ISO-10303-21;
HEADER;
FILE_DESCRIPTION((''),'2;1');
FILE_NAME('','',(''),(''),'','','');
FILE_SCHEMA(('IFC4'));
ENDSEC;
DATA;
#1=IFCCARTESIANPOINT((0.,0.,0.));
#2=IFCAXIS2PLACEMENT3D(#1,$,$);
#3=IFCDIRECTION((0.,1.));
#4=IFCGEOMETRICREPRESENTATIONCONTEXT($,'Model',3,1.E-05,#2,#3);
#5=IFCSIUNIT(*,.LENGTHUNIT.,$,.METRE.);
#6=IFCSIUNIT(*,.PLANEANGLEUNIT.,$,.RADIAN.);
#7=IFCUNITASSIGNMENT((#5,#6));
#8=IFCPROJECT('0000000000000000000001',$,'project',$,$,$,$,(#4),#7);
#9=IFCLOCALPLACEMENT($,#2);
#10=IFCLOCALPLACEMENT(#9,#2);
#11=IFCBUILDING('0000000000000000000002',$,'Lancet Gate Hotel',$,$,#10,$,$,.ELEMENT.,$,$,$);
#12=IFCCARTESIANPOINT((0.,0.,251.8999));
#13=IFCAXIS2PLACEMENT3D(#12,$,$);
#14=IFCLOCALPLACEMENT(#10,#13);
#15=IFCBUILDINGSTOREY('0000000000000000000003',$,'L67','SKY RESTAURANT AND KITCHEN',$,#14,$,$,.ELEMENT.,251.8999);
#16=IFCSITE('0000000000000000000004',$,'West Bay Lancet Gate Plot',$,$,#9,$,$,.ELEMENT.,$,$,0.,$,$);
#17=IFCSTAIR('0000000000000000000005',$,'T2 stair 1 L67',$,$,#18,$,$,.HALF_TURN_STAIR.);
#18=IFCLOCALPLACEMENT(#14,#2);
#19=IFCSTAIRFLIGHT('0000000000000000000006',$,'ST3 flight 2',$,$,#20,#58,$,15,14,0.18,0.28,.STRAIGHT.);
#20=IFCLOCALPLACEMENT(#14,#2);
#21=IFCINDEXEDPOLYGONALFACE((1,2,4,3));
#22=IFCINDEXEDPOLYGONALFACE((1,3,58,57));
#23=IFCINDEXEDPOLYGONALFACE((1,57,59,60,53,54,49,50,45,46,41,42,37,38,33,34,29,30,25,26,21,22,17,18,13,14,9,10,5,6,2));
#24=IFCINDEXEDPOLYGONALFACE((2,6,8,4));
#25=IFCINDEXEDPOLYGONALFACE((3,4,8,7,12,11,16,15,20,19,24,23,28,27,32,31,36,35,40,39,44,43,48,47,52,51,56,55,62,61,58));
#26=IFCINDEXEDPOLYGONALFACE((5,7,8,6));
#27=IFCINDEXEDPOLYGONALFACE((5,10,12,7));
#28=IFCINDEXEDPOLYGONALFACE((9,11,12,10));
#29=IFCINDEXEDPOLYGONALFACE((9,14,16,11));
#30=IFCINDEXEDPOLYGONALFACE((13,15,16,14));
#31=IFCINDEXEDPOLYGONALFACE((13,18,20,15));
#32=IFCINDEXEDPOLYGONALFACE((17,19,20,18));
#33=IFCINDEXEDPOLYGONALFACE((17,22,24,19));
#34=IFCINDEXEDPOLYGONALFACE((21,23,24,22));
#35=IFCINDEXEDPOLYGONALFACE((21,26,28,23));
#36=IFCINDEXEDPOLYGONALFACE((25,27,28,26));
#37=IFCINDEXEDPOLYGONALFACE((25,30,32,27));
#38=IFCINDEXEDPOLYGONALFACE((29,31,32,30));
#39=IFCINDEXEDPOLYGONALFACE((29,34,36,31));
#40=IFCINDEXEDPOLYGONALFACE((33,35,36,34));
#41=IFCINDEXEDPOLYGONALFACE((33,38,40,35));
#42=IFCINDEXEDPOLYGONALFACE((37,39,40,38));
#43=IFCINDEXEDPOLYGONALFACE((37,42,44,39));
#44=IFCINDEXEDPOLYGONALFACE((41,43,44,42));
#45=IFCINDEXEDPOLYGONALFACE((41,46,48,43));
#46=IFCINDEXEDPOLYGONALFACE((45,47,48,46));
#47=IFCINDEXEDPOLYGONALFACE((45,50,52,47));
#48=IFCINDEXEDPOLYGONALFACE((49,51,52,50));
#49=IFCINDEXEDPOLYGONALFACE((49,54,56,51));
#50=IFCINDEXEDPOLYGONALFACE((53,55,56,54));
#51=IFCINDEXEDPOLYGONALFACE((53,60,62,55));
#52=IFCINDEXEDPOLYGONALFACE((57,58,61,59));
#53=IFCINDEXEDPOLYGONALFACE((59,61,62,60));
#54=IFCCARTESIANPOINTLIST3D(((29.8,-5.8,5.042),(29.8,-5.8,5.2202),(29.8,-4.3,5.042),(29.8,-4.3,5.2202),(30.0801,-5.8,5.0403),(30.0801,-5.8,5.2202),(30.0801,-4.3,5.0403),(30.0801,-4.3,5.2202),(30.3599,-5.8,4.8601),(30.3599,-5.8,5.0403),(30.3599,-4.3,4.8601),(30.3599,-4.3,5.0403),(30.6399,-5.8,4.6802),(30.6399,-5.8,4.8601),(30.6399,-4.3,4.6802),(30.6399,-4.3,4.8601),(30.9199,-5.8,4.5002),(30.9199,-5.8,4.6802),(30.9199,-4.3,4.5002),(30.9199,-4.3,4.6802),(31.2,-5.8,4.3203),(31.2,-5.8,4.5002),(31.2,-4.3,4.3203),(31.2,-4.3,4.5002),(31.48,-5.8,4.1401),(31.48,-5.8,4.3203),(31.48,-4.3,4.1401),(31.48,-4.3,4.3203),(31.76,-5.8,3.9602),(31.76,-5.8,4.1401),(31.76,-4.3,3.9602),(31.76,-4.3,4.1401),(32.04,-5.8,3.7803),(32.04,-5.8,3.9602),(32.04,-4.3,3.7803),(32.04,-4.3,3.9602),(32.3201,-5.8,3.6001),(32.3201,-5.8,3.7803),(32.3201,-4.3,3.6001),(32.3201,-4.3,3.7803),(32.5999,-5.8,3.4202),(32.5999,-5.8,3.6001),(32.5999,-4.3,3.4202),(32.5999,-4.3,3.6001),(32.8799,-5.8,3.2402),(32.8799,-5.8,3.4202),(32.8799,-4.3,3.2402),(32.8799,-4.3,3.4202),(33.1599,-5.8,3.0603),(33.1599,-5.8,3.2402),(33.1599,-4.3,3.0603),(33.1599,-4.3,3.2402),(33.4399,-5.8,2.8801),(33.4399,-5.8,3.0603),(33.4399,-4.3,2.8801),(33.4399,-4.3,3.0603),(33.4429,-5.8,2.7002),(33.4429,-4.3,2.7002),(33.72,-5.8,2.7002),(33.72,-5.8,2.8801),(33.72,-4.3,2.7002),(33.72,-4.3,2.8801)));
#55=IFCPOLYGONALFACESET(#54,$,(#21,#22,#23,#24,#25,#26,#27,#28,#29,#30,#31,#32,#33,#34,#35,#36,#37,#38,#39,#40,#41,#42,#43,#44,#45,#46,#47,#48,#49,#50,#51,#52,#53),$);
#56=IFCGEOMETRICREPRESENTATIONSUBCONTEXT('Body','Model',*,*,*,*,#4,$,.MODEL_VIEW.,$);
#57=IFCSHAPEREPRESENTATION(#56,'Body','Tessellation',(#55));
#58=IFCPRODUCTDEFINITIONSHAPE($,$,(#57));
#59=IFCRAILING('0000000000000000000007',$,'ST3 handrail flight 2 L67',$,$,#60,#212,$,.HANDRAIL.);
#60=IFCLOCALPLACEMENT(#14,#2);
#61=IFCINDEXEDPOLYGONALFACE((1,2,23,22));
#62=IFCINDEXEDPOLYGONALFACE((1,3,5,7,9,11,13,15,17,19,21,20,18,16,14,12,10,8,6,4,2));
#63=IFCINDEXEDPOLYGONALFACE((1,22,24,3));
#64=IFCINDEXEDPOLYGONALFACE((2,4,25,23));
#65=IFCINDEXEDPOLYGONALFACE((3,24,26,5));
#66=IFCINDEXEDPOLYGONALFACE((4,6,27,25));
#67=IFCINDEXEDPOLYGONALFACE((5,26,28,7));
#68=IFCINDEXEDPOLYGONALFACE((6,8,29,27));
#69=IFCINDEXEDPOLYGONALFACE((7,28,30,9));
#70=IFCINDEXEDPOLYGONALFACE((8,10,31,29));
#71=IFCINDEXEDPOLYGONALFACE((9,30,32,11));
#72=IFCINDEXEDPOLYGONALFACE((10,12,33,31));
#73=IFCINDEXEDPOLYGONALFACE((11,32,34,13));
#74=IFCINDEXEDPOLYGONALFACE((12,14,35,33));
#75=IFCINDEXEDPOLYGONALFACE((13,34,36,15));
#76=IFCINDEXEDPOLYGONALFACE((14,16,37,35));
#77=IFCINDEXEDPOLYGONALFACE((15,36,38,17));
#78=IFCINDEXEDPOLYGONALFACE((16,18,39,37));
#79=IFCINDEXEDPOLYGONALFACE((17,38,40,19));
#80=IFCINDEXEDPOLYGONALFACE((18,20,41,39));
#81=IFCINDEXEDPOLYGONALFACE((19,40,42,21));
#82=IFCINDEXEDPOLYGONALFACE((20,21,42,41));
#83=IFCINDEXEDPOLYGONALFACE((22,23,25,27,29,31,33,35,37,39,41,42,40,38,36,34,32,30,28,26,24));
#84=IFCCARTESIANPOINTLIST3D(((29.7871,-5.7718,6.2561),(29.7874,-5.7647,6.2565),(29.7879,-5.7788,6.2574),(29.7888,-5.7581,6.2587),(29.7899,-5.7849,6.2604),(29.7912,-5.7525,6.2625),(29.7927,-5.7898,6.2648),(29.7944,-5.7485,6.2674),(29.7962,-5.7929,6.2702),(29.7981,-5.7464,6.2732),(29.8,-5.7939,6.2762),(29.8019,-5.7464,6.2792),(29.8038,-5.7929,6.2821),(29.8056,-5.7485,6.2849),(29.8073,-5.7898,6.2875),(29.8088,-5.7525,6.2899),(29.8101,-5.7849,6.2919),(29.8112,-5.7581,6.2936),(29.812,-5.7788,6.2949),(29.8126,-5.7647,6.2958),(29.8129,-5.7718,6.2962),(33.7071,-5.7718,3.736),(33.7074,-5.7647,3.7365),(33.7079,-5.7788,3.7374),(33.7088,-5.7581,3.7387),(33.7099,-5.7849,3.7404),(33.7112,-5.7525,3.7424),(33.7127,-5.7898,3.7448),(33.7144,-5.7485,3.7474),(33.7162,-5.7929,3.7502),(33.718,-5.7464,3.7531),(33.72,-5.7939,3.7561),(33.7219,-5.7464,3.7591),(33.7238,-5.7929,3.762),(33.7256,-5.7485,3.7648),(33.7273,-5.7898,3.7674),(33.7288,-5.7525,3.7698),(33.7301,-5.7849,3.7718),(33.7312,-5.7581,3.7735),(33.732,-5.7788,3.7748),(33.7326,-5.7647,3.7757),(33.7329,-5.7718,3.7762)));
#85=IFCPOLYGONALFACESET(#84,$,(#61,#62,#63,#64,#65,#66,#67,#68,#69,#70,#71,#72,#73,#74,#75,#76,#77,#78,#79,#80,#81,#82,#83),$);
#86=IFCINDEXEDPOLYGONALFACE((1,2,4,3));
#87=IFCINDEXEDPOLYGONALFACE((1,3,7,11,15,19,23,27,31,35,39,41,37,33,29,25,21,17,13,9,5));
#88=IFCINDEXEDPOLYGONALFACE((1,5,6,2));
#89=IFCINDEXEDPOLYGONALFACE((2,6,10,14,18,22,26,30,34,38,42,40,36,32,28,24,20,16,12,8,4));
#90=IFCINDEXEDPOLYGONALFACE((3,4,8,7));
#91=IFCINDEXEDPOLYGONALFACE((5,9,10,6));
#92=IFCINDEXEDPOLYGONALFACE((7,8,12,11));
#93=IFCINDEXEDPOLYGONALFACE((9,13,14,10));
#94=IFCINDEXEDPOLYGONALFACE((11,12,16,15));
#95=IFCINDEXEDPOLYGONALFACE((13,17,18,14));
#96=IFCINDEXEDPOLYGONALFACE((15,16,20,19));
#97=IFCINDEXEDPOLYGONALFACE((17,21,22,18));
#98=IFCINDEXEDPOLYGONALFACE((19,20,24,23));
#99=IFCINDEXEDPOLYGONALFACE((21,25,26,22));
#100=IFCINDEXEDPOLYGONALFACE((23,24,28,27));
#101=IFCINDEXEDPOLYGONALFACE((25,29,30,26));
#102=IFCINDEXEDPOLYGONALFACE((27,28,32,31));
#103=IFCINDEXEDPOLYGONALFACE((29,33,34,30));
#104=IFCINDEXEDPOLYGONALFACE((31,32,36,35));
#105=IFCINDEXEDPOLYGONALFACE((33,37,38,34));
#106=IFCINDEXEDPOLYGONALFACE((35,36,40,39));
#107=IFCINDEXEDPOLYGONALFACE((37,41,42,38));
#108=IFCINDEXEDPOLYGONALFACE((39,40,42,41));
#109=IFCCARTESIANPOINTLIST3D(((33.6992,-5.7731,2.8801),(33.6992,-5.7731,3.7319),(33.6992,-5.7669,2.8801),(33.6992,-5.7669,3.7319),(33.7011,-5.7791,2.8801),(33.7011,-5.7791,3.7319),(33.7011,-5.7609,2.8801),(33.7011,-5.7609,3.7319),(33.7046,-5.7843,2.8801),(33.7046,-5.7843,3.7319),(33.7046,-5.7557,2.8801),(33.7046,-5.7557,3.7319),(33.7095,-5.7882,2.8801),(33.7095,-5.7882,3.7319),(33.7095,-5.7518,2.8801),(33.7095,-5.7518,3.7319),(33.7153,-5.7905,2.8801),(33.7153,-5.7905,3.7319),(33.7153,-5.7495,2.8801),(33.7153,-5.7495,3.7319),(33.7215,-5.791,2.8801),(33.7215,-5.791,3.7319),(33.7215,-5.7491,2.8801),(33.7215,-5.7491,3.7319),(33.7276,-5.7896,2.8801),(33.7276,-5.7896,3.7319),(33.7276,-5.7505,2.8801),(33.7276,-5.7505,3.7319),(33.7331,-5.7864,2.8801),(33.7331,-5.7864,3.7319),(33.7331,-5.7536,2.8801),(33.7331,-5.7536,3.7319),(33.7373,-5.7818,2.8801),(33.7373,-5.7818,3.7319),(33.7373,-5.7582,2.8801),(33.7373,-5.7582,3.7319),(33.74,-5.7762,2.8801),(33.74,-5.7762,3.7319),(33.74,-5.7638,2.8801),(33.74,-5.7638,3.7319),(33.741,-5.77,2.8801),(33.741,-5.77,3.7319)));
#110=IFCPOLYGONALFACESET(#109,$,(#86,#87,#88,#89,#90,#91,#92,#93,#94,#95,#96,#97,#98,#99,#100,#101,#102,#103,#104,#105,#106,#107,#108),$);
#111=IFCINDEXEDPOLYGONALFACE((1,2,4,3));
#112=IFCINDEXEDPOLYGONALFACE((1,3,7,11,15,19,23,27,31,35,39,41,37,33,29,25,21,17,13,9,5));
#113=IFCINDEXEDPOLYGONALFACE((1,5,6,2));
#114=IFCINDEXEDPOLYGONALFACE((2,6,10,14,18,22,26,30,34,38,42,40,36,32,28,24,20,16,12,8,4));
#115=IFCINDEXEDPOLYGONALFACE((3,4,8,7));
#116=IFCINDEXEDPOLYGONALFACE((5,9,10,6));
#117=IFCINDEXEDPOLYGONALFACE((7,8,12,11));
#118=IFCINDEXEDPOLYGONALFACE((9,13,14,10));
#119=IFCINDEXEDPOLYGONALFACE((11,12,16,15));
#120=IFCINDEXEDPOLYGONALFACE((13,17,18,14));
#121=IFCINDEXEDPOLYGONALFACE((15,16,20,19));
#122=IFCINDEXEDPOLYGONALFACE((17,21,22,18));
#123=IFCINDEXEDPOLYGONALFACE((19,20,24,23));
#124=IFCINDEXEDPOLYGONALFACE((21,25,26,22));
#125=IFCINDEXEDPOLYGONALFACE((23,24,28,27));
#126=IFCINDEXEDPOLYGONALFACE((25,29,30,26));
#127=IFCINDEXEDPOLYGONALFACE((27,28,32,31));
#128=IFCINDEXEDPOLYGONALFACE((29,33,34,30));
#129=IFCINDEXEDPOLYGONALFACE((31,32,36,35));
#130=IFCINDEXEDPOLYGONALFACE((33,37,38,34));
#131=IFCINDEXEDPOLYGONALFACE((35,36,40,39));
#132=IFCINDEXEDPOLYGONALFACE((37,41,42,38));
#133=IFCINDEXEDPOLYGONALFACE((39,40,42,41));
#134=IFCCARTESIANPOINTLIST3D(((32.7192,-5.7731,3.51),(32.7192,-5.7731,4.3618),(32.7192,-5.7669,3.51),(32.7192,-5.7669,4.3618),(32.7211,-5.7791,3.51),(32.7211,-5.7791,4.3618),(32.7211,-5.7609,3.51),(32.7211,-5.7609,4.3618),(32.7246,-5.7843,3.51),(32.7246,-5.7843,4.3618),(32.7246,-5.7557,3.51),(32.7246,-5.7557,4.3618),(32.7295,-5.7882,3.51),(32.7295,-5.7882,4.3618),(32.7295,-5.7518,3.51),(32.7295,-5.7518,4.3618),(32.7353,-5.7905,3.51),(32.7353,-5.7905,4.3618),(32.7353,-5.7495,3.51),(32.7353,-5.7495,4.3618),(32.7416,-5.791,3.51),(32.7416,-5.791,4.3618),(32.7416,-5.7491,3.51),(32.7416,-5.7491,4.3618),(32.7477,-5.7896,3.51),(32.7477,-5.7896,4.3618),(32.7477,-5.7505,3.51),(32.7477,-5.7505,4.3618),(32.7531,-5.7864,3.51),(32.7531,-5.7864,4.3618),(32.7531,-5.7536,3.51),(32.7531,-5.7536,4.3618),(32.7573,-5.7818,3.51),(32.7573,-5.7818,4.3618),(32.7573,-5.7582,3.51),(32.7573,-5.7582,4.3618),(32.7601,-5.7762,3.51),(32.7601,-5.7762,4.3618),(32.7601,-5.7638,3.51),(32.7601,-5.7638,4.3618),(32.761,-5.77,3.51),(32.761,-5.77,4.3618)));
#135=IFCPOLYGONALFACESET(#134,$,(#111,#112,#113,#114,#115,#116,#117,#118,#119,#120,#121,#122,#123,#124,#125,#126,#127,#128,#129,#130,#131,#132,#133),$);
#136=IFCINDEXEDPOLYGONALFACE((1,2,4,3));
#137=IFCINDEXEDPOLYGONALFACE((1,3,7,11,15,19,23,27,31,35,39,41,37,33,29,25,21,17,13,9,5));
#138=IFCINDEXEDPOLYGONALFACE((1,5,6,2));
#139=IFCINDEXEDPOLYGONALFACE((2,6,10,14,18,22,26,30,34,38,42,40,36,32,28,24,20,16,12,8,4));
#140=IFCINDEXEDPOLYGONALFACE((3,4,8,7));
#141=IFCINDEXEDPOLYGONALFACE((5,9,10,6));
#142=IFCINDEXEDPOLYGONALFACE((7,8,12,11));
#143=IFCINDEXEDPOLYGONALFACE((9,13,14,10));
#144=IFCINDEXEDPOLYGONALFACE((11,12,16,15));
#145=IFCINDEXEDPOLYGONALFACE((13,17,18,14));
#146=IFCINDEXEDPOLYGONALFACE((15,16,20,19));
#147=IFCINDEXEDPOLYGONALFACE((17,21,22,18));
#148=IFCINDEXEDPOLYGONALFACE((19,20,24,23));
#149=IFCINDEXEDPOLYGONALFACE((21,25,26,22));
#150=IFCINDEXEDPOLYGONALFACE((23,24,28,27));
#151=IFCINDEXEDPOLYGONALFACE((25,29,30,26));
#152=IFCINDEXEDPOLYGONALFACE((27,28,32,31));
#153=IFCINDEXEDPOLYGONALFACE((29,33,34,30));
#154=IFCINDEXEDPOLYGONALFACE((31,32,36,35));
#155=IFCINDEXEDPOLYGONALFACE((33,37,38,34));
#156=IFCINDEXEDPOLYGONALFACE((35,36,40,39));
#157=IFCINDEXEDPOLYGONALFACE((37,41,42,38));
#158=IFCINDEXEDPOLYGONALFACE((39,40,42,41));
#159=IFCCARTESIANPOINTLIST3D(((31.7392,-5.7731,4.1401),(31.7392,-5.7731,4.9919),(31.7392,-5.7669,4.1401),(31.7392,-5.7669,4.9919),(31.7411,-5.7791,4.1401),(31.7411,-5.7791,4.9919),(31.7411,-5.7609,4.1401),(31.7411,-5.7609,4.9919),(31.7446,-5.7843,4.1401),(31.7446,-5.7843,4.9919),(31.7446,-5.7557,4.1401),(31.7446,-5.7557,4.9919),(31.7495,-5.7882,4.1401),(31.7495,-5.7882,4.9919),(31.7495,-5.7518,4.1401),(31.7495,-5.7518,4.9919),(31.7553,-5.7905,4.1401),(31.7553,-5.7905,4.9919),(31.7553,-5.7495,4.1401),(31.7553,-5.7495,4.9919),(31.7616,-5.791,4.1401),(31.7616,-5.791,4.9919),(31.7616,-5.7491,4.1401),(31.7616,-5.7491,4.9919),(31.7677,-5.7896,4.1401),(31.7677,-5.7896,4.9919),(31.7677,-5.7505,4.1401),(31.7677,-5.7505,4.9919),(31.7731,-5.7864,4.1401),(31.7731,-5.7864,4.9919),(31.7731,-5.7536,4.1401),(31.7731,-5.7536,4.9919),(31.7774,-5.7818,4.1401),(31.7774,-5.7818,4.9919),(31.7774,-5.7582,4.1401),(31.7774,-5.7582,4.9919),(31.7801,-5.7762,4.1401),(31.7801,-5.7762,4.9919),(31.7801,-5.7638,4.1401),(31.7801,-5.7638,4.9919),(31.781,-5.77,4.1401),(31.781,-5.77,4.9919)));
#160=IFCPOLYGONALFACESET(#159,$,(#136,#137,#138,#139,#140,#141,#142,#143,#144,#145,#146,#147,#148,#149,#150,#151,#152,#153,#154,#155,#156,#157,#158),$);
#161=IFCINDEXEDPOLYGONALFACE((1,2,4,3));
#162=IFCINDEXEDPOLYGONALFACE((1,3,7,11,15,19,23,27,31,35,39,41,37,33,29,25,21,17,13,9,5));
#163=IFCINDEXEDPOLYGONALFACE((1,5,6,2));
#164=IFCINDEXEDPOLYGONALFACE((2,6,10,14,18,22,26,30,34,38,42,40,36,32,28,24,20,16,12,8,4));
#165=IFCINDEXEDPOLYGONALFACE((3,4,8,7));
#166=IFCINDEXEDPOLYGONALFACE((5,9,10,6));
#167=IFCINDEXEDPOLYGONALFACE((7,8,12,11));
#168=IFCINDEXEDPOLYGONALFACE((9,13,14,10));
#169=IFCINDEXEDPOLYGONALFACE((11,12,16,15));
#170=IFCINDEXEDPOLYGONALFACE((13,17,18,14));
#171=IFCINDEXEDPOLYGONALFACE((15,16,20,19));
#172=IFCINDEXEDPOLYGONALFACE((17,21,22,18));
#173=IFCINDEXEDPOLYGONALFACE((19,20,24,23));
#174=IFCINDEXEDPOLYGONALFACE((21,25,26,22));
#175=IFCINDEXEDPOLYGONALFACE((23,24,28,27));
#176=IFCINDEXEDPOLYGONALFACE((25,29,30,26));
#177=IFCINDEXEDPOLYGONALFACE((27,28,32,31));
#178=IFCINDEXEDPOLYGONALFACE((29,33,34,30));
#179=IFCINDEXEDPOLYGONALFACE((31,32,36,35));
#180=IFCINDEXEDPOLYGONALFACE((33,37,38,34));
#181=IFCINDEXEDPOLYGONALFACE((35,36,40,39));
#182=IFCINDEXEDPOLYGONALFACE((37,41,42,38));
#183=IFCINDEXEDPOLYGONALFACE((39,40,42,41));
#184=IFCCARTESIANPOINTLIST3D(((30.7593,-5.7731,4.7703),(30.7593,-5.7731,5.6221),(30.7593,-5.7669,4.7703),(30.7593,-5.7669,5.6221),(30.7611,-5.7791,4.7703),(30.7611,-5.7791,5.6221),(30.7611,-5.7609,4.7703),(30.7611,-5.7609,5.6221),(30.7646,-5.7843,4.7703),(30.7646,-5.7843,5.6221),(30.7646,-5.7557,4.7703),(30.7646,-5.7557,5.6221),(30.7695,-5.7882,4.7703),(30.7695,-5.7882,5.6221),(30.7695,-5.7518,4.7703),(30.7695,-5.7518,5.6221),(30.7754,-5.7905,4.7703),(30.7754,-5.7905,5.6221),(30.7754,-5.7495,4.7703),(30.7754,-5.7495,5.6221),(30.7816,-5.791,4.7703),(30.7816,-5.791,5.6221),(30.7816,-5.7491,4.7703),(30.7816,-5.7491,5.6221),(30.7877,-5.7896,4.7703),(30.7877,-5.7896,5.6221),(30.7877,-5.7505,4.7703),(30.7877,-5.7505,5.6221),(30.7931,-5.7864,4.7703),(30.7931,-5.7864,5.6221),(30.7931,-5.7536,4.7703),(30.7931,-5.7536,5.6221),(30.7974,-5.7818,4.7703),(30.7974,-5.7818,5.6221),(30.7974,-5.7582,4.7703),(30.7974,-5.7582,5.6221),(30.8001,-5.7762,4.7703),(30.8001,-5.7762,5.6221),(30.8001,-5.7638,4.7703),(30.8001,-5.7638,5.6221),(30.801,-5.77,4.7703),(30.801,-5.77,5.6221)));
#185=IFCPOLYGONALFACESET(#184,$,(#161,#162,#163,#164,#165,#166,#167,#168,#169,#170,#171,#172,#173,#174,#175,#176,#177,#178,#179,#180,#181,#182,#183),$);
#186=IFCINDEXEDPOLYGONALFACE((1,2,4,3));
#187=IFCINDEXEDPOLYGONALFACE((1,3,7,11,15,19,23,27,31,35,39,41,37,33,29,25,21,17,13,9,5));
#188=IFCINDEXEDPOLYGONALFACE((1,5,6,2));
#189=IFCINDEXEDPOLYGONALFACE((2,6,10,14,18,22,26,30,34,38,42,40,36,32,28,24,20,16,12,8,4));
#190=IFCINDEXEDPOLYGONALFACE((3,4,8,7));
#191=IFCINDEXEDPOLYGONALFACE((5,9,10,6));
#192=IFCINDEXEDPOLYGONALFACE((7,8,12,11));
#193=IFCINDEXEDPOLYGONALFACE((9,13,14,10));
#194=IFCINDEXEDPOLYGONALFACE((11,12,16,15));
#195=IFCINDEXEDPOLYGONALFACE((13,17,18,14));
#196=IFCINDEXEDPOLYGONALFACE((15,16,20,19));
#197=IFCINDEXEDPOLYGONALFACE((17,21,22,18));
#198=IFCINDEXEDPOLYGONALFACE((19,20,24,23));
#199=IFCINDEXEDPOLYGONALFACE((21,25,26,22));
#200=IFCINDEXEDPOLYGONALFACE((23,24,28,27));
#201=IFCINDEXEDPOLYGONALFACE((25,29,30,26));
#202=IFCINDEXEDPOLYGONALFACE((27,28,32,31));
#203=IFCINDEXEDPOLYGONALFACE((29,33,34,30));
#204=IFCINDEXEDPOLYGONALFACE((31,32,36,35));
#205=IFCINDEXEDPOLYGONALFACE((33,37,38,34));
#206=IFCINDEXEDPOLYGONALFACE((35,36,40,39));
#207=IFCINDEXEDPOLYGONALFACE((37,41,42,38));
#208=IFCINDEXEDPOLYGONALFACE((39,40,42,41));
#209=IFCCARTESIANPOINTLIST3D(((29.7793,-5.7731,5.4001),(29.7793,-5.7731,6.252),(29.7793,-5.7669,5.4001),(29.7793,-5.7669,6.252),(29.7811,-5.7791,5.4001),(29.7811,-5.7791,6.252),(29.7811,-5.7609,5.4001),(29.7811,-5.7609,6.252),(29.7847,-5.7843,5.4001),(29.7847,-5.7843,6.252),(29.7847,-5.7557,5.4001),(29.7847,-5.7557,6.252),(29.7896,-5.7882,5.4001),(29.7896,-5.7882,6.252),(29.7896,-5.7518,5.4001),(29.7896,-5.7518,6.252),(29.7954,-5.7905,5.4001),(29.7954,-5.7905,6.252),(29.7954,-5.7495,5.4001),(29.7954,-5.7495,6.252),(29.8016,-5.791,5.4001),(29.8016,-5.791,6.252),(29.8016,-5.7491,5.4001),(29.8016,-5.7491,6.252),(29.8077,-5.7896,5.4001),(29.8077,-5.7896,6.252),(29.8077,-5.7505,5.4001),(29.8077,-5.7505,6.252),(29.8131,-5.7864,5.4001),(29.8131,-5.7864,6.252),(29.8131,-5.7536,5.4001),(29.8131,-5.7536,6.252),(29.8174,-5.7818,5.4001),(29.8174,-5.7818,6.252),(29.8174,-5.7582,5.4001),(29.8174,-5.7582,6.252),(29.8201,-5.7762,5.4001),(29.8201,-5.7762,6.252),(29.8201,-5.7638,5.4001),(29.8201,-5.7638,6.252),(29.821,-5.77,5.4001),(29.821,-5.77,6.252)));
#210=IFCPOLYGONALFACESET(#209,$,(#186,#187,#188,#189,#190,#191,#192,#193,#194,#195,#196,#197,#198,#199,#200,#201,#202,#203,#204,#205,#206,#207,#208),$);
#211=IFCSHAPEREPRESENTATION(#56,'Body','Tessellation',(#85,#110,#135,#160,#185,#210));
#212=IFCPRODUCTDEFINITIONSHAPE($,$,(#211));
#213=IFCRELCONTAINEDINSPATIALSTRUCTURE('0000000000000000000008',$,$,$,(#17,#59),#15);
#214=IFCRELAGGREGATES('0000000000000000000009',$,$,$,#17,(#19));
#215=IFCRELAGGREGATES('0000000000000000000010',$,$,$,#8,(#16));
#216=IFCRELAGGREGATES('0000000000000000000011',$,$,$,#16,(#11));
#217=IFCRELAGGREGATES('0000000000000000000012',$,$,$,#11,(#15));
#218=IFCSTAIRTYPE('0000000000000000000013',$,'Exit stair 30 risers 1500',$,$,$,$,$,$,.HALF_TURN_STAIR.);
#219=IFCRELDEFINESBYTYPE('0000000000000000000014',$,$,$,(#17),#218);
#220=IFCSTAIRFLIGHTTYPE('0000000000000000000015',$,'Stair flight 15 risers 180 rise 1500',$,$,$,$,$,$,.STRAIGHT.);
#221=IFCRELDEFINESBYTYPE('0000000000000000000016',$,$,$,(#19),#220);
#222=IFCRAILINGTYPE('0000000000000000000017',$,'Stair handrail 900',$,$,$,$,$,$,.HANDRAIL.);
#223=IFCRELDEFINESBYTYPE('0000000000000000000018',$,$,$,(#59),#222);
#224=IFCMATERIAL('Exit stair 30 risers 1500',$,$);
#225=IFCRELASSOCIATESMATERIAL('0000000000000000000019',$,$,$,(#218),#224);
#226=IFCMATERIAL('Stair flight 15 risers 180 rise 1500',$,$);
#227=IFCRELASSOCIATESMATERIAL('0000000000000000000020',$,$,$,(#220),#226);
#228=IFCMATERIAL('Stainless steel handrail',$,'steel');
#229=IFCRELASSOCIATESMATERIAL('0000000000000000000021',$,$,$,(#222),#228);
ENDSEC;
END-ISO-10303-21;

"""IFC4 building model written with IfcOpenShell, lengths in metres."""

from ifc_helpers import new_model, si_unit, direction, frame, origin, origin_2d, place, context, subcontext, project, spatial, polyline, circle, outline, extrude, material, type_object, element, aggregate, save


model = new_model("IFC4")

# Units and contexts
model_context = context("Model", 3, precision=1e-05, world=origin(), true_north=direction((0.0, 1.0)))
body_context = subcontext(model_context, "Body", "Model", "MODEL_VIEW")
ifc_project = project(units=[si_unit("LENGTHUNIT", "METRE"), si_unit("PLANEANGLEUNIT", "RADIAN")], contexts=[model_context])

# Site, building, storey
site_placement = place(None, origin())
site = spatial("IfcSite", under=ifc_project, at=site_placement, Name="West Bay Lancet Gate Plot", CompositionType="ELEMENT", RefElevation=0.0)
building_placement = place(site_placement, origin())
building = spatial("IfcBuilding", under=site, at=building_placement, Name="Lancet Gate Hotel", CompositionType="ELEMENT")
storey_placement = place(building_placement, frame((0.0, 0.0, 251.8999)))
storey = spatial("IfcBuildingStorey", under=building, at=storey_placement, Name="L67", Description="SKY RESTAURANT AND KITCHEN", CompositionType="ELEMENT", Elevation=251.8999)

# Stair, stair flight
ifc_material_1 = material(Name="Exit stair 30 risers 1500")
stair_type = type_object("IfcStairType", Name="Exit stair 30 risers 1500", PredefinedType="HALF_TURN_STAIR", material=ifc_material_1)
stair_placement = place(storey_placement, origin())
stair = element("IfcStair", 1, at=stair_placement, inside=storey, type_object=stair_type, Name="T2 stair 1 L67", PredefinedType="HALF_TURN_STAIR")
ifc_material_2 = material(Name="Stair flight 15 risers 180 rise 1500")
stair_flight_type = type_object("IfcStairFlightType", Name="Stair flight 15 risers 180 rise 1500", PredefinedType="STRAIGHT", material=ifc_material_2)
stair_flight_placement = place(storey_placement, frame((33.72, -5.05, 2.7002), z_axis=(0.0, 0.0, 1.0), x_axis=(-1.0, 0.0, 0.0)))
stair_flight = element("IfcStairFlight", 2, at=stair_flight_placement, type_object=stair_flight_type, Name="ST3 flight 2", NumberOfRisers=15, NumberOfTreads=14, PredefinedType="STRAIGHT", RiserHeight=0.18, TreadLength=0.28, context=body_context, shape_type="SweptSolid", body=[
    extrude(outline(polyline([(0.0, 0.0), (0.0, 0.1799), (0.28, 0.1799), (0.28, 0.3601), (0.5601, 0.3601), (0.5601, 0.54), (0.8401, 0.54), (0.8401, 0.72), (1.1201, 0.72), (1.1201, 0.8999), (1.3999, 0.8999), (1.3999, 1.0801), (1.6799, 1.0801), (1.6799, 1.26), (1.96, 1.26), (1.96, 1.4399), (2.24, 1.4399), (2.24, 1.6201), (2.52, 1.6201), (2.52, 1.8), (2.8, 1.8), (2.8, 1.98), (3.0801, 1.98), (3.0801, 2.1599), (3.3601, 2.1599), (3.3601, 2.3401), (3.6399, 2.3401), (3.6399, 2.52), (3.9199, 2.52), (3.9199, 2.7), (3.9199, 2.3418), (0.2771, 0.0), (0.0, 0.0)])), frame((0.0, 0.75, 0.0), z_axis=(0.0, -1.0, 0.0), x_axis=(1.0, 0.0, 0.0)), (0.0, 0.0, 1.0), 1.5),
])
aggregate(stair, [stair_flight])

# Railing
ifc_material_3 = material(Name="Stainless steel handrail", Category="steel")
railing_type = type_object("IfcRailingType", Name="Stair handrail 900", PredefinedType="HANDRAIL", material=ifc_material_3)
railing_placement = place(storey_placement, frame((33.72, -5.77, 2.8801)))
element("IfcRailing", 3, at=railing_placement, inside=storey, type_object=railing_type, Name="ST3 handrail flight 2 L67", PredefinedType="HANDRAIL", context=body_context, shape_type="SweptSolid", body=[
    extrude(circle(Radius=0.0239, at=origin_2d()), frame((0.0, 0.0, 0.876), z_axis=(-0.841172, 0.0, 0.540768), x_axis=(0.0, -1.0, 0.0)), (0.0, 0.0, 1.0), 4.6602),
    extrude(circle(Radius=0.021, at=origin_2d()), origin(), (0.0, 0.0, 1.0), 0.8518),
    extrude(circle(Radius=0.021, at=origin_2d()), frame((-0.98, 0.0, 0.6299)), (0.0, 0.0, 1.0), 0.8518),
    extrude(circle(Radius=0.021, at=origin_2d()), frame((-1.96, 0.0, 1.26)), (0.0, 0.0, 1.0), 0.8518),
    extrude(circle(Radius=0.021, at=origin_2d()), frame((-2.9399, 0.0, 1.8901)), (0.0, 0.0, 1.0), 0.8518),
    extrude(circle(Radius=0.021, at=origin_2d()), frame((-3.9199, 0.0, 2.52)), (0.0, 0.0, 1.0), 0.8518),
])

save(model, "model.ifc")
